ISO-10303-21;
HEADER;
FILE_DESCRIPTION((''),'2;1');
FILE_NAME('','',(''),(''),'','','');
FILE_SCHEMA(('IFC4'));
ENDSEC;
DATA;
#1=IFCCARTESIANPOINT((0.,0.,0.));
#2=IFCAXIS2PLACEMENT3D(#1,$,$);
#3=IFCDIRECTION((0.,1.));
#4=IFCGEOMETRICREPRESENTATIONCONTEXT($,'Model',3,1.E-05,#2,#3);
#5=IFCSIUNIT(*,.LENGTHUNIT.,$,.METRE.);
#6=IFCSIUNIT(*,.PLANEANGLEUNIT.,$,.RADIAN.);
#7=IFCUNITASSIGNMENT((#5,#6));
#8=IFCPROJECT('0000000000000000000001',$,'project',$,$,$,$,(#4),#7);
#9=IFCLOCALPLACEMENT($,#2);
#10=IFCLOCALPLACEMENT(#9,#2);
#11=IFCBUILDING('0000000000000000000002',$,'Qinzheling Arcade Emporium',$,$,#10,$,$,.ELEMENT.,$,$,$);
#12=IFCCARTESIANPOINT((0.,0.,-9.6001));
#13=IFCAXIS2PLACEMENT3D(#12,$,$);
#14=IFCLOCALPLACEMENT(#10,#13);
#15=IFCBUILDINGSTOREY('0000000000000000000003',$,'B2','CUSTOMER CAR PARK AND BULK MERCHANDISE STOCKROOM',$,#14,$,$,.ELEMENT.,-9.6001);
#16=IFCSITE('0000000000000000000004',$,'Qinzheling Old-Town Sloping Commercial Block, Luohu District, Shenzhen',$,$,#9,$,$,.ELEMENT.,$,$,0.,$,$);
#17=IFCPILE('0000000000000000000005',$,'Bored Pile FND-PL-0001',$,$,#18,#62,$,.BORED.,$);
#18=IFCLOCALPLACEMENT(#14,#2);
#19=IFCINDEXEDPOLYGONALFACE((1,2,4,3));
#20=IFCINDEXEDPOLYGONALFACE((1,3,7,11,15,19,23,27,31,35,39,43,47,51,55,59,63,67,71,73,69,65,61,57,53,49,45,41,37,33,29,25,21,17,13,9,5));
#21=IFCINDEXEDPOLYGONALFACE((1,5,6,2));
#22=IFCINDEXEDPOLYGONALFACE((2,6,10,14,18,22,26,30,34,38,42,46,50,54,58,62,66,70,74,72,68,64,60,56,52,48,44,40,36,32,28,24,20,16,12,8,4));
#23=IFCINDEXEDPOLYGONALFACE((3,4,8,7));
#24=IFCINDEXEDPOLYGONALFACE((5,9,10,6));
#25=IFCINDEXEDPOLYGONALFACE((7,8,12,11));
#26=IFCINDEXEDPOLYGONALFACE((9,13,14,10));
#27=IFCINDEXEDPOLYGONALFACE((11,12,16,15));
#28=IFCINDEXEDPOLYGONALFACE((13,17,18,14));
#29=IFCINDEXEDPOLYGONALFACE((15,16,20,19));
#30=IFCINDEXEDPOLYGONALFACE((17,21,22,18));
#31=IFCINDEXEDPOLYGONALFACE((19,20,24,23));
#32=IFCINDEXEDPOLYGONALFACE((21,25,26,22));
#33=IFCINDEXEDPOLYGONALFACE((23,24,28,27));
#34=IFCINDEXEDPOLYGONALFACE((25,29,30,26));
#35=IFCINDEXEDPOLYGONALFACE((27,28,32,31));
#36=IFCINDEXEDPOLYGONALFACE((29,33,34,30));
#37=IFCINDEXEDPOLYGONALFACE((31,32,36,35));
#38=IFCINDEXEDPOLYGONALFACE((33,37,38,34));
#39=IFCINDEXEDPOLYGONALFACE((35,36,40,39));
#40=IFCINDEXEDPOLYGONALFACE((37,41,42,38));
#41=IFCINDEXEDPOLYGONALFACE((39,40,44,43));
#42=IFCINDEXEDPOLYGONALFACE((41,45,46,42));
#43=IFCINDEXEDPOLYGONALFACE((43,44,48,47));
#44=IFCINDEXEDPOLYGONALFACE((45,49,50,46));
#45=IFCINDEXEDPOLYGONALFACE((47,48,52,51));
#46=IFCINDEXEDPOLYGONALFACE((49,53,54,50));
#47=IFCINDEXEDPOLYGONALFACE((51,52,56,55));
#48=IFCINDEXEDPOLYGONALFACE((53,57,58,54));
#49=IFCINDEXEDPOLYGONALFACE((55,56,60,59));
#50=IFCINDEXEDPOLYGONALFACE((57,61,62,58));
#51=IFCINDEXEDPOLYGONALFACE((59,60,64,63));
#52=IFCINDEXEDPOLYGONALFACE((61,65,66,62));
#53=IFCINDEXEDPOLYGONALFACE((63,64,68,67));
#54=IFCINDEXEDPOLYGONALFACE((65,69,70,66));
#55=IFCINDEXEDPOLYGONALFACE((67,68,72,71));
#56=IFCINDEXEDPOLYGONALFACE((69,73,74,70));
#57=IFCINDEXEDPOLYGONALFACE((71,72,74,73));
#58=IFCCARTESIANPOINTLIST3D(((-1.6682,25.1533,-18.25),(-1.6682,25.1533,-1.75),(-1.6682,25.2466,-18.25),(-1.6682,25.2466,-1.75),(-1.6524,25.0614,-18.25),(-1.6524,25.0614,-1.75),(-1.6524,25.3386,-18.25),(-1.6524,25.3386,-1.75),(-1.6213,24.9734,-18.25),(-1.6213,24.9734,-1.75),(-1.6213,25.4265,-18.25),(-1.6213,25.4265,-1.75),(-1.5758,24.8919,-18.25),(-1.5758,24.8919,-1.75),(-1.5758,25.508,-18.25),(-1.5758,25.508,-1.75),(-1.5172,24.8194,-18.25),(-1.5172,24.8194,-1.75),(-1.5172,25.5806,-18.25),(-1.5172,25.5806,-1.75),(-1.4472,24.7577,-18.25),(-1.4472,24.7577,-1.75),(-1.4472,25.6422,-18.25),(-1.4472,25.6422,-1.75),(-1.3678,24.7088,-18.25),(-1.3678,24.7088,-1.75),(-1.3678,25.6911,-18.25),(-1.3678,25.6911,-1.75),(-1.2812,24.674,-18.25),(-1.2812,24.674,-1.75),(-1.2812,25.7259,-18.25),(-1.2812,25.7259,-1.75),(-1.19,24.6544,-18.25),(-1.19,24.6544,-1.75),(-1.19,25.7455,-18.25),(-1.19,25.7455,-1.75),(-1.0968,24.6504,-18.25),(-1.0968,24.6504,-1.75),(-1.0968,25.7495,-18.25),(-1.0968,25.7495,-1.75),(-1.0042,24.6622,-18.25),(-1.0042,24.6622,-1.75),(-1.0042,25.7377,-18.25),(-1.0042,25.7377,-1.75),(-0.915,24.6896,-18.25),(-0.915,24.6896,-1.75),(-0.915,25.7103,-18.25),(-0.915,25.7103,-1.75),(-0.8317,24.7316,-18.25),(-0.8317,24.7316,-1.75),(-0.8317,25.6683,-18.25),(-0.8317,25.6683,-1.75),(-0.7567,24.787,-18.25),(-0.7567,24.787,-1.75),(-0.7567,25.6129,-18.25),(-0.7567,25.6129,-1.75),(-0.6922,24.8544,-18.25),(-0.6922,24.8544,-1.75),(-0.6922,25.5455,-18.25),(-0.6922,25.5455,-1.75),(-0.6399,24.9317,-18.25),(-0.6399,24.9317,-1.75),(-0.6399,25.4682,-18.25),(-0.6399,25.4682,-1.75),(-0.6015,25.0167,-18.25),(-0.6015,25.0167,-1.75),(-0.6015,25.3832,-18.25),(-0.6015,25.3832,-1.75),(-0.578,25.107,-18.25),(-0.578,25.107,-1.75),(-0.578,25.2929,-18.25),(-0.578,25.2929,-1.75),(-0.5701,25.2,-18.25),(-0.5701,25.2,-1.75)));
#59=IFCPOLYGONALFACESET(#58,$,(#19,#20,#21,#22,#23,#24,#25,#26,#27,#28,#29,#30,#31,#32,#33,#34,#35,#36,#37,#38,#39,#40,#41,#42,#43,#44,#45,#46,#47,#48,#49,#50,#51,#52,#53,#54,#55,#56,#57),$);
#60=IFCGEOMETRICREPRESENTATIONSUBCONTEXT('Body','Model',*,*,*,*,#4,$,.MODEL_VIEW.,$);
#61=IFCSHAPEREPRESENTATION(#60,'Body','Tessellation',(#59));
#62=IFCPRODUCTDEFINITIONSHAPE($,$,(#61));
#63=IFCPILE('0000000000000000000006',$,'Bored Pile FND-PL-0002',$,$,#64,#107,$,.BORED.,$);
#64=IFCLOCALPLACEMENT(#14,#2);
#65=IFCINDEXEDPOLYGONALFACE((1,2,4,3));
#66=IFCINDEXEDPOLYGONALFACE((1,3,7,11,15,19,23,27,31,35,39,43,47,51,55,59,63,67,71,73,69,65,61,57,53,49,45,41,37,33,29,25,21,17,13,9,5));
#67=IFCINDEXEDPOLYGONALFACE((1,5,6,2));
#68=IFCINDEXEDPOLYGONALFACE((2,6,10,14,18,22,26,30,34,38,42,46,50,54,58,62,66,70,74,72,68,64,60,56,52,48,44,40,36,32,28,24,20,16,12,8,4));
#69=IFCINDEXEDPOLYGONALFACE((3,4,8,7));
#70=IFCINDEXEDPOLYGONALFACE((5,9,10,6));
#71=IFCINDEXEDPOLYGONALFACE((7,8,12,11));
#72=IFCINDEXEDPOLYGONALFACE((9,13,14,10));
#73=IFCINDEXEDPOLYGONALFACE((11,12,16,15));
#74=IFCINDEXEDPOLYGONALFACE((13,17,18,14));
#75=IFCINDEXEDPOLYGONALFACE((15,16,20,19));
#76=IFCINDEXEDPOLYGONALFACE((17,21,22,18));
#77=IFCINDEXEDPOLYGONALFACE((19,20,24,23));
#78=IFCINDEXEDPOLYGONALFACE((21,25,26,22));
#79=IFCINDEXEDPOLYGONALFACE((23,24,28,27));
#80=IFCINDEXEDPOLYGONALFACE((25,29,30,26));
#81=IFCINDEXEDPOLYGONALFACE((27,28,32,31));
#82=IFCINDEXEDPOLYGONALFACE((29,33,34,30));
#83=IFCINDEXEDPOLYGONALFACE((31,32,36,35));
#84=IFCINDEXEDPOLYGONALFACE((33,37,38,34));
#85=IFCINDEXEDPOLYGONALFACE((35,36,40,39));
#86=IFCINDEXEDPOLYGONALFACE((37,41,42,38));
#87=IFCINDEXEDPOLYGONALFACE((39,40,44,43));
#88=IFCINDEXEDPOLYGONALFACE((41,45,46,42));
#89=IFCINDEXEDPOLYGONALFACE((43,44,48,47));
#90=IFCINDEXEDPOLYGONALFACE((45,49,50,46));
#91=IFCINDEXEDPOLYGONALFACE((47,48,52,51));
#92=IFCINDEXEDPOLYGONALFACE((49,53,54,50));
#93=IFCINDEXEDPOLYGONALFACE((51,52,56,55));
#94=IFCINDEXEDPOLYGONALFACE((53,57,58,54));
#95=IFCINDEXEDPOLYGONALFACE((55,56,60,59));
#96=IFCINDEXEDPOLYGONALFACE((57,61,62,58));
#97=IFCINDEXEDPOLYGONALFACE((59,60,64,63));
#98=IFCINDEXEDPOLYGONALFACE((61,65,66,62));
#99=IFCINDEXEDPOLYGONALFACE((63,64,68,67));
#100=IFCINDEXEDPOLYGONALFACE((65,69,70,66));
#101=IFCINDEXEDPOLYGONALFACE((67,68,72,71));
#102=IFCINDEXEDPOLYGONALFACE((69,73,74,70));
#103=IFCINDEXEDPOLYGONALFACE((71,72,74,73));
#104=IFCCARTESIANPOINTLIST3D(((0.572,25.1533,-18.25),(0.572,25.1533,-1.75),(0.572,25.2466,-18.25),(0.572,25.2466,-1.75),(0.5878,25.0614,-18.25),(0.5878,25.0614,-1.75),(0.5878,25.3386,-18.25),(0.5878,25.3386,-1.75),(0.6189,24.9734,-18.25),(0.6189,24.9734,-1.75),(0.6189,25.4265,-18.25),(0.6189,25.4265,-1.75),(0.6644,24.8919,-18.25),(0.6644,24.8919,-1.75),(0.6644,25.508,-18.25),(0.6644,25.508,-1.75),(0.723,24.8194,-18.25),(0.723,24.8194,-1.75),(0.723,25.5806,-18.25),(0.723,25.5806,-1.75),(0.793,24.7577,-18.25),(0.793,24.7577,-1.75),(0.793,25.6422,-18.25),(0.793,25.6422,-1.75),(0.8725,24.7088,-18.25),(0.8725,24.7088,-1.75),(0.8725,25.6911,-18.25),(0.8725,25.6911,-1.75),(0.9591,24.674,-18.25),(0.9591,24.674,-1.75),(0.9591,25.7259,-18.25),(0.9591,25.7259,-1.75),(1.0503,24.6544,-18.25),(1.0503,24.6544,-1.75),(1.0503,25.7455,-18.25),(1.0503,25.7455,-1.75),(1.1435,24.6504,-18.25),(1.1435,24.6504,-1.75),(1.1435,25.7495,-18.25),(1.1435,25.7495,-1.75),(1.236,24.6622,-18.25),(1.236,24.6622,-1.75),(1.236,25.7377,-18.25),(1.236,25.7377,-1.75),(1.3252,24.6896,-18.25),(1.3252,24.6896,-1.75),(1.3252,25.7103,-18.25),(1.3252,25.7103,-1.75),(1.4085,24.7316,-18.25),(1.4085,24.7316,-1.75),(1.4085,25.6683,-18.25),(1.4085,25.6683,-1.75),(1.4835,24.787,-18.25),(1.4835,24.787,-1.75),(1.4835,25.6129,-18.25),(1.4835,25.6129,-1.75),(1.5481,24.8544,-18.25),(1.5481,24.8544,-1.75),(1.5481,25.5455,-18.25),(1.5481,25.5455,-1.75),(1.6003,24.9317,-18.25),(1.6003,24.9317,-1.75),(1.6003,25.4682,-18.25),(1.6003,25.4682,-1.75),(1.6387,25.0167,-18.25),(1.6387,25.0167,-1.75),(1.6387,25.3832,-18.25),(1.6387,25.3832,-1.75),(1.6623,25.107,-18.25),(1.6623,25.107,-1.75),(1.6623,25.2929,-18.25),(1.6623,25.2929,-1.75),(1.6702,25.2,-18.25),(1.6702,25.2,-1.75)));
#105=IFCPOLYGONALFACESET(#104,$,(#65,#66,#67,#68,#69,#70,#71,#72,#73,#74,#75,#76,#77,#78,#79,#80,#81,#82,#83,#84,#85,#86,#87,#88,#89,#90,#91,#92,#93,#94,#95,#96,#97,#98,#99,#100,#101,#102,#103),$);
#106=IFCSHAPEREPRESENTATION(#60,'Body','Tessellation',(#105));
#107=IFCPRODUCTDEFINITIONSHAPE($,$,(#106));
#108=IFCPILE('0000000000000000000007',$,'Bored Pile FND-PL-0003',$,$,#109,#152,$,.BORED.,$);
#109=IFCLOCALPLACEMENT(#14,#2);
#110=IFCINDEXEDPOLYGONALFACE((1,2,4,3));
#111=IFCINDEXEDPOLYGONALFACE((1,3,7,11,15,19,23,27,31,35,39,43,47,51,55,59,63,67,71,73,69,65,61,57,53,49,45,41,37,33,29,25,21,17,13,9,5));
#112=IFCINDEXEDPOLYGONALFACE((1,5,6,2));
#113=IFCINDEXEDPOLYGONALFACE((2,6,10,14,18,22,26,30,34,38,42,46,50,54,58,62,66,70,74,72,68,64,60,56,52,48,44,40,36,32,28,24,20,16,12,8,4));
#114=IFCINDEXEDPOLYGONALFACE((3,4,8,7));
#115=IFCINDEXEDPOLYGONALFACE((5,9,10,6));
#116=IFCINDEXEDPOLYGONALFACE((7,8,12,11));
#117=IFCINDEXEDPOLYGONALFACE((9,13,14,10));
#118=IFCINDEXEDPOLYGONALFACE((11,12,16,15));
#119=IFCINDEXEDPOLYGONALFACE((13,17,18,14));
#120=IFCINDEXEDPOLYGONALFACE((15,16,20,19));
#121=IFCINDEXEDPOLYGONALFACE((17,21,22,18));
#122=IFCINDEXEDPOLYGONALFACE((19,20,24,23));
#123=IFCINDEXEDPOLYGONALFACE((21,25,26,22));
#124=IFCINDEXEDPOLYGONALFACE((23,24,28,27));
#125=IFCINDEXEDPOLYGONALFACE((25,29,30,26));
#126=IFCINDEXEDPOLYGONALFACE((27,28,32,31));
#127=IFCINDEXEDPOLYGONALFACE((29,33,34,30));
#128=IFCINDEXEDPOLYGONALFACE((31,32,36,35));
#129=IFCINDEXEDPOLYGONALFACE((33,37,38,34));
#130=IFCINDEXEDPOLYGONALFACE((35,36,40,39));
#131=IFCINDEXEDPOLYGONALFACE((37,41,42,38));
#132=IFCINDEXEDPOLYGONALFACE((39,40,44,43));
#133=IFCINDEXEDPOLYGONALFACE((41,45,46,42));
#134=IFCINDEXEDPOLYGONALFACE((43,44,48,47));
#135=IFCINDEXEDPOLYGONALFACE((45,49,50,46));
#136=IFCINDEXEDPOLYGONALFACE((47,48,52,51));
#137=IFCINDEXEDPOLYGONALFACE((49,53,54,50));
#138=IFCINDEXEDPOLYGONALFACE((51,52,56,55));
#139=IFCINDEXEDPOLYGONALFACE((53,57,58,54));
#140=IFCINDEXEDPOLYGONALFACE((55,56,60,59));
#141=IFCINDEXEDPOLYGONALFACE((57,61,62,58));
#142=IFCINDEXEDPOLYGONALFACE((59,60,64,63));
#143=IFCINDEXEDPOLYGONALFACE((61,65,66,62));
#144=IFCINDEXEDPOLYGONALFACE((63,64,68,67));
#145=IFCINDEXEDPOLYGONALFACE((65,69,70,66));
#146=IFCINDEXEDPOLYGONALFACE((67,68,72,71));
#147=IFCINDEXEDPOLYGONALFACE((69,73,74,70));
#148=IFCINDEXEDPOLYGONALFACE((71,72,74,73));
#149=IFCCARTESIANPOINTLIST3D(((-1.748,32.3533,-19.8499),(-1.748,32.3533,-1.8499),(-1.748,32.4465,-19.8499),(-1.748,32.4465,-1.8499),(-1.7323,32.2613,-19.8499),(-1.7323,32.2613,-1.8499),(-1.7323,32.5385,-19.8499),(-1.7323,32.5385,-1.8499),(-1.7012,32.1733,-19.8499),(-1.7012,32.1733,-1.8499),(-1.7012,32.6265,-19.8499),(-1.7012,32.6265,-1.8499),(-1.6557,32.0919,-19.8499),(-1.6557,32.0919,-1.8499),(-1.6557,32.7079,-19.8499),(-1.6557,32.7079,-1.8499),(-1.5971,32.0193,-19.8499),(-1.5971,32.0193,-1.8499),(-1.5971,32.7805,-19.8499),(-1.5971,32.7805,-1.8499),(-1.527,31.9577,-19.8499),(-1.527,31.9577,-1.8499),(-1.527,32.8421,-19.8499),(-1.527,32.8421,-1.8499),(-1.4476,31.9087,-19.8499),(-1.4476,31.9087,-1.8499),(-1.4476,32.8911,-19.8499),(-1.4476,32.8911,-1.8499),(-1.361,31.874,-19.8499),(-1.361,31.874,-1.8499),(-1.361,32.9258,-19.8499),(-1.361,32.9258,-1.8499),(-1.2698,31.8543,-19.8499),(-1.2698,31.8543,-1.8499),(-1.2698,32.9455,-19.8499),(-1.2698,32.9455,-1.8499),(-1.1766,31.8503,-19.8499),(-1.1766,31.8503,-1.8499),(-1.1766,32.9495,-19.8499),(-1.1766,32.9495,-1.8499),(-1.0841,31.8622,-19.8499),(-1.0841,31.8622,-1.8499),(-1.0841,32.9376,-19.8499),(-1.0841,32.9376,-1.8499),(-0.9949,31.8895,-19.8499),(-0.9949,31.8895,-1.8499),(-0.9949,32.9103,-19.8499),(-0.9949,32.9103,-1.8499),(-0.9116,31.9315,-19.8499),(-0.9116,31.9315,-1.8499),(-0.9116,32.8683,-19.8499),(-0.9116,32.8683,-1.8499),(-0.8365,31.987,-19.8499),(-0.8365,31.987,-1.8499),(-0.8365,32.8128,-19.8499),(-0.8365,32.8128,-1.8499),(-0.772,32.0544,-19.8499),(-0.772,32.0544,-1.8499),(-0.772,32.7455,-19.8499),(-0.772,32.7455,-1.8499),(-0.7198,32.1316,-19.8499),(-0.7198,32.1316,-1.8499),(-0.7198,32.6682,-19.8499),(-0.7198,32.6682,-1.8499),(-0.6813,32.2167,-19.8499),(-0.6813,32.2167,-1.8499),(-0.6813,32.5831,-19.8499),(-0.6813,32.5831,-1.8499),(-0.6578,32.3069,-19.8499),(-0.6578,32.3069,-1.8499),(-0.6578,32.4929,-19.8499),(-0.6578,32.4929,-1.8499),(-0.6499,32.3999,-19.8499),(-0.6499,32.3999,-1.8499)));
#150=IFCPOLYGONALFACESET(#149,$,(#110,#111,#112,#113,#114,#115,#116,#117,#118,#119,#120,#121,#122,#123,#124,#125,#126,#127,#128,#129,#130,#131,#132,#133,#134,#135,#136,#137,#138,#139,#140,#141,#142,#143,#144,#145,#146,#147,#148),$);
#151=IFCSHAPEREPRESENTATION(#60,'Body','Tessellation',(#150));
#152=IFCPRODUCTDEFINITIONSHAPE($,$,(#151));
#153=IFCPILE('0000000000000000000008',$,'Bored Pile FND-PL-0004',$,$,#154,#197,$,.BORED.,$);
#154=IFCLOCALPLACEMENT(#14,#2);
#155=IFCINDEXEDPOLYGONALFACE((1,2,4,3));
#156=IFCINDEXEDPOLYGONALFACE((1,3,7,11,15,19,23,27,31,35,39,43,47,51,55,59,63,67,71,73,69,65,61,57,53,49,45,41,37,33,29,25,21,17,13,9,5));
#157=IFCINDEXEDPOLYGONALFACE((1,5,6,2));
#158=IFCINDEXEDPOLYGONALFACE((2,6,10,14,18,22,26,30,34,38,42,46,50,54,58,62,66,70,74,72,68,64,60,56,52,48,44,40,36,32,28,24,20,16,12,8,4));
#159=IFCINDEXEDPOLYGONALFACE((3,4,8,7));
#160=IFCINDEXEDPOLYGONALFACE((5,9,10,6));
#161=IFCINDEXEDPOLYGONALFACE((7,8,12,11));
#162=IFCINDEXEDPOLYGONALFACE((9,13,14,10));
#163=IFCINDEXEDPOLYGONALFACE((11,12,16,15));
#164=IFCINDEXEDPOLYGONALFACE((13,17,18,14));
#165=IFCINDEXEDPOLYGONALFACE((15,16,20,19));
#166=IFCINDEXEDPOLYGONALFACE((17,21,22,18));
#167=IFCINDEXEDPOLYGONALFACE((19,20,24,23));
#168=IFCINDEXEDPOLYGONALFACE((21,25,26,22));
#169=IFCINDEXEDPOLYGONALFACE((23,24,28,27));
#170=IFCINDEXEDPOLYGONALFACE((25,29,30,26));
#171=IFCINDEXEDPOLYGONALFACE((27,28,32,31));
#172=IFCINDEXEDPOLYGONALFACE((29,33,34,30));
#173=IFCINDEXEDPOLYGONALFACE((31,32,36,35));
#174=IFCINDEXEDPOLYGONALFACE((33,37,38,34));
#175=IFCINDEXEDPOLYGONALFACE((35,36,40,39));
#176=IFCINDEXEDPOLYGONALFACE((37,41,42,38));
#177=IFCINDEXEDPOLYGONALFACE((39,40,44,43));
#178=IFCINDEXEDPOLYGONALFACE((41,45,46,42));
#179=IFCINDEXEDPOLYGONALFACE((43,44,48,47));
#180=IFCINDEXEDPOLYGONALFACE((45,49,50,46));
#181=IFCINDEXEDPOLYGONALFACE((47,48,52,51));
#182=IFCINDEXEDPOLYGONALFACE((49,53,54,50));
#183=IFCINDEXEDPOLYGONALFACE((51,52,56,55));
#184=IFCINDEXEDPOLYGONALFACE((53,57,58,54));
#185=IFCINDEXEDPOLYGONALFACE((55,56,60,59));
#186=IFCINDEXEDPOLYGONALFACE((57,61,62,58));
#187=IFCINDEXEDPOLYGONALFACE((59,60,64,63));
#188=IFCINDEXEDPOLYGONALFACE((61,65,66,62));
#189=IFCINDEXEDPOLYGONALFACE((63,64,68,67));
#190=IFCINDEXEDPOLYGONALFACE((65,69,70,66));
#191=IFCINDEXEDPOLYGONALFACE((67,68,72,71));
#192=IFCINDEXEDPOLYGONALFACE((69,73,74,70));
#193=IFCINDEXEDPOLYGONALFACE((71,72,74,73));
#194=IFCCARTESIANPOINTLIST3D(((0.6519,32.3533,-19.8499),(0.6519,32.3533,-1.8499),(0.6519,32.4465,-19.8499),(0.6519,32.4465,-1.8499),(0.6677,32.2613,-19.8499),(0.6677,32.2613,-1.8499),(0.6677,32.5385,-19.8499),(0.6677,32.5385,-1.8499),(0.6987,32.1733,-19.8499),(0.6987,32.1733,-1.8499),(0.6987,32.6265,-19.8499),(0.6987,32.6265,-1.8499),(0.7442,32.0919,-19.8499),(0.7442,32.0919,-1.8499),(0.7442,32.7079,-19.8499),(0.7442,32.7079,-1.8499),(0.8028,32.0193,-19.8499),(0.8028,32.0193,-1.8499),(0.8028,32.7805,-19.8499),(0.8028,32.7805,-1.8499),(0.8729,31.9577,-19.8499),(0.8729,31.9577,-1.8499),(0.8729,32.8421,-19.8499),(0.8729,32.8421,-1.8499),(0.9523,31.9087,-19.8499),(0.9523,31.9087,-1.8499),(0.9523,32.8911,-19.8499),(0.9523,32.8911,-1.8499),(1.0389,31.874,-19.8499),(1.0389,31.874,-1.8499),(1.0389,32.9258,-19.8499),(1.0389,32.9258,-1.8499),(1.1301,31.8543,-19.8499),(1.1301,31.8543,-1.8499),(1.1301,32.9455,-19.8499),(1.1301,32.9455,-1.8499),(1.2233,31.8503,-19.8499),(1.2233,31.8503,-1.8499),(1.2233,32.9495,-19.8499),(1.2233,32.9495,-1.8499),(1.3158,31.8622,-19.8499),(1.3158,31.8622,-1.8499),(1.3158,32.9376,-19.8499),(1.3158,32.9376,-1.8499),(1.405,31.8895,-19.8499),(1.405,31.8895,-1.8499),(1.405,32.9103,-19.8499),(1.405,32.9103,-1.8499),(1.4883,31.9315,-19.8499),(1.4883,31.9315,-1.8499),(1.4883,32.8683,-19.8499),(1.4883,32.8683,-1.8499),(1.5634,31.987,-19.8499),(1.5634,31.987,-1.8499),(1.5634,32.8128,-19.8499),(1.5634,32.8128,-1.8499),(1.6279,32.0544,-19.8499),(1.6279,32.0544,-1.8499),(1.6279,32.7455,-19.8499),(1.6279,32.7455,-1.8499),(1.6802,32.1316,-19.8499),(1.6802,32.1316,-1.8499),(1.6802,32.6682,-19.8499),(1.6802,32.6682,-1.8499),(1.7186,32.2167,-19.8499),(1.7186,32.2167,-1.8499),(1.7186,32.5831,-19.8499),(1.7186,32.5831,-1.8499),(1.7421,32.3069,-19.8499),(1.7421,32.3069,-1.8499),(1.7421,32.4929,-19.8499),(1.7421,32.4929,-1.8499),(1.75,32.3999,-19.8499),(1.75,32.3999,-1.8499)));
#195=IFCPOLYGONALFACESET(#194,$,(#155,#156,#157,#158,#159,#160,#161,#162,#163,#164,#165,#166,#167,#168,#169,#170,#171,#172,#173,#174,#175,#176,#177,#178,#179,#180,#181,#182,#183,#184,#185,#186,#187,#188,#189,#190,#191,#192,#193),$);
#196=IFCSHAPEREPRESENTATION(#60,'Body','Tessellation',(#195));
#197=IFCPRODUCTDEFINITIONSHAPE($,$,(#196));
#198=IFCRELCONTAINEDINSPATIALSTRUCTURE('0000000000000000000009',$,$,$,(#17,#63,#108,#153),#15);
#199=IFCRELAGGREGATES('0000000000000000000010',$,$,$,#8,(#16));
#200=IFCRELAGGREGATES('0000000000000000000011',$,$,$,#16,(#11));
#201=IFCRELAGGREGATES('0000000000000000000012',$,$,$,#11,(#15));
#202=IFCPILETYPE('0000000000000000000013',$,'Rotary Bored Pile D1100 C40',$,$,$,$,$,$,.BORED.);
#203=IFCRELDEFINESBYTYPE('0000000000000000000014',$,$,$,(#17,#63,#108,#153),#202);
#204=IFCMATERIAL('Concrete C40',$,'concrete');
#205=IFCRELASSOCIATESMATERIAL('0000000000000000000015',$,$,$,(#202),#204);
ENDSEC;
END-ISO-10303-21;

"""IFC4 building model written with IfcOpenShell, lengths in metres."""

from ifc_helpers import new_model, si_unit, direction, frame, origin, origin_2d, place, context, subcontext, project, spatial, circle, extrude, material, material_profile, profile_set, type_object, element, save


model = new_model("IFC4")

# Units and contexts
model_context = context("Model", 3, precision=1e-05, world=origin(), true_north=direction((0.0, 1.0)))
body_context = subcontext(model_context, "Body", "Model", "MODEL_VIEW")
ifc_project = project(units=[si_unit("LENGTHUNIT", "METRE"), si_unit("PLANEANGLEUNIT", "RADIAN")], contexts=[model_context])

# Site, building, storey
site_placement = place(None, origin())
site = spatial("IfcSite", under=ifc_project, at=site_placement, Name="Qinzheling Old-Town Sloping Commercial Block, Luohu District, Shenzhen", CompositionType="ELEMENT", RefElevation=0.0)
building_placement = place(site_placement, origin())
building = spatial("IfcBuilding", under=site, at=building_placement, Name="Qinzheling Arcade Emporium", CompositionType="ELEMENT")
storey_placement = place(building_placement, frame((0.0, 0.0, -9.6001)))
storey = spatial("IfcBuildingStorey", under=building, at=storey_placement, Name="B2", Description="CUSTOMER CAR PARK AND BULK MERCHANDISE STOCKROOM", CompositionType="ELEMENT", Elevation=-9.6001)

# Shared definitions
ifc_material_1 = material(Name="Concrete C40", Category="concrete")

# Piles
ifc_material_profile_1 = material_profile(ifc_material_1, circle(Radius=0.55, at=origin_2d()), Name="BORED D1100", Category="concrete")
ifc_profile_set_1 = profile_set([ifc_material_profile_1], Name="Concrete C40")
pile_type_1 = type_object("IfcPileType", Name="Rotary Bored Pile D1100 C40", PredefinedType="BORED", material=ifc_profile_set_1)
for number, where, z_axis, x_axis, name in (
    (1, (-1.1201, 25.2, -1.75), (0.0, 0.0, -1.0), (1.0, 0.0, 0.0), "Bored Pile FND-PL-0001"),
    (2, (1.1201, 25.2, -1.75), (0.0, 0.0, -1.0), (1.0, 0.0, 0.0), "Bored Pile FND-PL-0002"),
):
    element("IfcPile", number, at=place(storey_placement, frame(where, z_axis=z_axis, x_axis=x_axis)), inside=storey, type_object=pile_type_1, Name=name, PredefinedType="BORED", context=body_context, shape_type="SweptSolid", body=[
        extrude(circle(Radius=0.55, at=origin_2d()), origin(), (0.0, 0.0, 1.0), 16.5),
    ])
for number, where, z_axis, x_axis, name in (
    (3, (-1.2, 32.3999, -1.8499), (0.0, 0.0, -1.0), (1.0, 0.0, 0.0), "Bored Pile FND-PL-0003"),
    (4, (1.2, 32.3999, -1.8499), (0.0, 0.0, -1.0), (1.0, 0.0, 0.0), "Bored Pile FND-PL-0004"),
):
    element("IfcPile", number, at=place(storey_placement, frame(where, z_axis=z_axis, x_axis=x_axis)), inside=storey, type_object=pile_type_1, Name=name, PredefinedType="BORED", context=body_context, shape_type="SweptSolid", body=[
        extrude(circle(Radius=0.55, at=origin_2d()), origin(), (0.0, 0.0, 1.0), 18.0),
    ])

save(model, "model.ifc")
